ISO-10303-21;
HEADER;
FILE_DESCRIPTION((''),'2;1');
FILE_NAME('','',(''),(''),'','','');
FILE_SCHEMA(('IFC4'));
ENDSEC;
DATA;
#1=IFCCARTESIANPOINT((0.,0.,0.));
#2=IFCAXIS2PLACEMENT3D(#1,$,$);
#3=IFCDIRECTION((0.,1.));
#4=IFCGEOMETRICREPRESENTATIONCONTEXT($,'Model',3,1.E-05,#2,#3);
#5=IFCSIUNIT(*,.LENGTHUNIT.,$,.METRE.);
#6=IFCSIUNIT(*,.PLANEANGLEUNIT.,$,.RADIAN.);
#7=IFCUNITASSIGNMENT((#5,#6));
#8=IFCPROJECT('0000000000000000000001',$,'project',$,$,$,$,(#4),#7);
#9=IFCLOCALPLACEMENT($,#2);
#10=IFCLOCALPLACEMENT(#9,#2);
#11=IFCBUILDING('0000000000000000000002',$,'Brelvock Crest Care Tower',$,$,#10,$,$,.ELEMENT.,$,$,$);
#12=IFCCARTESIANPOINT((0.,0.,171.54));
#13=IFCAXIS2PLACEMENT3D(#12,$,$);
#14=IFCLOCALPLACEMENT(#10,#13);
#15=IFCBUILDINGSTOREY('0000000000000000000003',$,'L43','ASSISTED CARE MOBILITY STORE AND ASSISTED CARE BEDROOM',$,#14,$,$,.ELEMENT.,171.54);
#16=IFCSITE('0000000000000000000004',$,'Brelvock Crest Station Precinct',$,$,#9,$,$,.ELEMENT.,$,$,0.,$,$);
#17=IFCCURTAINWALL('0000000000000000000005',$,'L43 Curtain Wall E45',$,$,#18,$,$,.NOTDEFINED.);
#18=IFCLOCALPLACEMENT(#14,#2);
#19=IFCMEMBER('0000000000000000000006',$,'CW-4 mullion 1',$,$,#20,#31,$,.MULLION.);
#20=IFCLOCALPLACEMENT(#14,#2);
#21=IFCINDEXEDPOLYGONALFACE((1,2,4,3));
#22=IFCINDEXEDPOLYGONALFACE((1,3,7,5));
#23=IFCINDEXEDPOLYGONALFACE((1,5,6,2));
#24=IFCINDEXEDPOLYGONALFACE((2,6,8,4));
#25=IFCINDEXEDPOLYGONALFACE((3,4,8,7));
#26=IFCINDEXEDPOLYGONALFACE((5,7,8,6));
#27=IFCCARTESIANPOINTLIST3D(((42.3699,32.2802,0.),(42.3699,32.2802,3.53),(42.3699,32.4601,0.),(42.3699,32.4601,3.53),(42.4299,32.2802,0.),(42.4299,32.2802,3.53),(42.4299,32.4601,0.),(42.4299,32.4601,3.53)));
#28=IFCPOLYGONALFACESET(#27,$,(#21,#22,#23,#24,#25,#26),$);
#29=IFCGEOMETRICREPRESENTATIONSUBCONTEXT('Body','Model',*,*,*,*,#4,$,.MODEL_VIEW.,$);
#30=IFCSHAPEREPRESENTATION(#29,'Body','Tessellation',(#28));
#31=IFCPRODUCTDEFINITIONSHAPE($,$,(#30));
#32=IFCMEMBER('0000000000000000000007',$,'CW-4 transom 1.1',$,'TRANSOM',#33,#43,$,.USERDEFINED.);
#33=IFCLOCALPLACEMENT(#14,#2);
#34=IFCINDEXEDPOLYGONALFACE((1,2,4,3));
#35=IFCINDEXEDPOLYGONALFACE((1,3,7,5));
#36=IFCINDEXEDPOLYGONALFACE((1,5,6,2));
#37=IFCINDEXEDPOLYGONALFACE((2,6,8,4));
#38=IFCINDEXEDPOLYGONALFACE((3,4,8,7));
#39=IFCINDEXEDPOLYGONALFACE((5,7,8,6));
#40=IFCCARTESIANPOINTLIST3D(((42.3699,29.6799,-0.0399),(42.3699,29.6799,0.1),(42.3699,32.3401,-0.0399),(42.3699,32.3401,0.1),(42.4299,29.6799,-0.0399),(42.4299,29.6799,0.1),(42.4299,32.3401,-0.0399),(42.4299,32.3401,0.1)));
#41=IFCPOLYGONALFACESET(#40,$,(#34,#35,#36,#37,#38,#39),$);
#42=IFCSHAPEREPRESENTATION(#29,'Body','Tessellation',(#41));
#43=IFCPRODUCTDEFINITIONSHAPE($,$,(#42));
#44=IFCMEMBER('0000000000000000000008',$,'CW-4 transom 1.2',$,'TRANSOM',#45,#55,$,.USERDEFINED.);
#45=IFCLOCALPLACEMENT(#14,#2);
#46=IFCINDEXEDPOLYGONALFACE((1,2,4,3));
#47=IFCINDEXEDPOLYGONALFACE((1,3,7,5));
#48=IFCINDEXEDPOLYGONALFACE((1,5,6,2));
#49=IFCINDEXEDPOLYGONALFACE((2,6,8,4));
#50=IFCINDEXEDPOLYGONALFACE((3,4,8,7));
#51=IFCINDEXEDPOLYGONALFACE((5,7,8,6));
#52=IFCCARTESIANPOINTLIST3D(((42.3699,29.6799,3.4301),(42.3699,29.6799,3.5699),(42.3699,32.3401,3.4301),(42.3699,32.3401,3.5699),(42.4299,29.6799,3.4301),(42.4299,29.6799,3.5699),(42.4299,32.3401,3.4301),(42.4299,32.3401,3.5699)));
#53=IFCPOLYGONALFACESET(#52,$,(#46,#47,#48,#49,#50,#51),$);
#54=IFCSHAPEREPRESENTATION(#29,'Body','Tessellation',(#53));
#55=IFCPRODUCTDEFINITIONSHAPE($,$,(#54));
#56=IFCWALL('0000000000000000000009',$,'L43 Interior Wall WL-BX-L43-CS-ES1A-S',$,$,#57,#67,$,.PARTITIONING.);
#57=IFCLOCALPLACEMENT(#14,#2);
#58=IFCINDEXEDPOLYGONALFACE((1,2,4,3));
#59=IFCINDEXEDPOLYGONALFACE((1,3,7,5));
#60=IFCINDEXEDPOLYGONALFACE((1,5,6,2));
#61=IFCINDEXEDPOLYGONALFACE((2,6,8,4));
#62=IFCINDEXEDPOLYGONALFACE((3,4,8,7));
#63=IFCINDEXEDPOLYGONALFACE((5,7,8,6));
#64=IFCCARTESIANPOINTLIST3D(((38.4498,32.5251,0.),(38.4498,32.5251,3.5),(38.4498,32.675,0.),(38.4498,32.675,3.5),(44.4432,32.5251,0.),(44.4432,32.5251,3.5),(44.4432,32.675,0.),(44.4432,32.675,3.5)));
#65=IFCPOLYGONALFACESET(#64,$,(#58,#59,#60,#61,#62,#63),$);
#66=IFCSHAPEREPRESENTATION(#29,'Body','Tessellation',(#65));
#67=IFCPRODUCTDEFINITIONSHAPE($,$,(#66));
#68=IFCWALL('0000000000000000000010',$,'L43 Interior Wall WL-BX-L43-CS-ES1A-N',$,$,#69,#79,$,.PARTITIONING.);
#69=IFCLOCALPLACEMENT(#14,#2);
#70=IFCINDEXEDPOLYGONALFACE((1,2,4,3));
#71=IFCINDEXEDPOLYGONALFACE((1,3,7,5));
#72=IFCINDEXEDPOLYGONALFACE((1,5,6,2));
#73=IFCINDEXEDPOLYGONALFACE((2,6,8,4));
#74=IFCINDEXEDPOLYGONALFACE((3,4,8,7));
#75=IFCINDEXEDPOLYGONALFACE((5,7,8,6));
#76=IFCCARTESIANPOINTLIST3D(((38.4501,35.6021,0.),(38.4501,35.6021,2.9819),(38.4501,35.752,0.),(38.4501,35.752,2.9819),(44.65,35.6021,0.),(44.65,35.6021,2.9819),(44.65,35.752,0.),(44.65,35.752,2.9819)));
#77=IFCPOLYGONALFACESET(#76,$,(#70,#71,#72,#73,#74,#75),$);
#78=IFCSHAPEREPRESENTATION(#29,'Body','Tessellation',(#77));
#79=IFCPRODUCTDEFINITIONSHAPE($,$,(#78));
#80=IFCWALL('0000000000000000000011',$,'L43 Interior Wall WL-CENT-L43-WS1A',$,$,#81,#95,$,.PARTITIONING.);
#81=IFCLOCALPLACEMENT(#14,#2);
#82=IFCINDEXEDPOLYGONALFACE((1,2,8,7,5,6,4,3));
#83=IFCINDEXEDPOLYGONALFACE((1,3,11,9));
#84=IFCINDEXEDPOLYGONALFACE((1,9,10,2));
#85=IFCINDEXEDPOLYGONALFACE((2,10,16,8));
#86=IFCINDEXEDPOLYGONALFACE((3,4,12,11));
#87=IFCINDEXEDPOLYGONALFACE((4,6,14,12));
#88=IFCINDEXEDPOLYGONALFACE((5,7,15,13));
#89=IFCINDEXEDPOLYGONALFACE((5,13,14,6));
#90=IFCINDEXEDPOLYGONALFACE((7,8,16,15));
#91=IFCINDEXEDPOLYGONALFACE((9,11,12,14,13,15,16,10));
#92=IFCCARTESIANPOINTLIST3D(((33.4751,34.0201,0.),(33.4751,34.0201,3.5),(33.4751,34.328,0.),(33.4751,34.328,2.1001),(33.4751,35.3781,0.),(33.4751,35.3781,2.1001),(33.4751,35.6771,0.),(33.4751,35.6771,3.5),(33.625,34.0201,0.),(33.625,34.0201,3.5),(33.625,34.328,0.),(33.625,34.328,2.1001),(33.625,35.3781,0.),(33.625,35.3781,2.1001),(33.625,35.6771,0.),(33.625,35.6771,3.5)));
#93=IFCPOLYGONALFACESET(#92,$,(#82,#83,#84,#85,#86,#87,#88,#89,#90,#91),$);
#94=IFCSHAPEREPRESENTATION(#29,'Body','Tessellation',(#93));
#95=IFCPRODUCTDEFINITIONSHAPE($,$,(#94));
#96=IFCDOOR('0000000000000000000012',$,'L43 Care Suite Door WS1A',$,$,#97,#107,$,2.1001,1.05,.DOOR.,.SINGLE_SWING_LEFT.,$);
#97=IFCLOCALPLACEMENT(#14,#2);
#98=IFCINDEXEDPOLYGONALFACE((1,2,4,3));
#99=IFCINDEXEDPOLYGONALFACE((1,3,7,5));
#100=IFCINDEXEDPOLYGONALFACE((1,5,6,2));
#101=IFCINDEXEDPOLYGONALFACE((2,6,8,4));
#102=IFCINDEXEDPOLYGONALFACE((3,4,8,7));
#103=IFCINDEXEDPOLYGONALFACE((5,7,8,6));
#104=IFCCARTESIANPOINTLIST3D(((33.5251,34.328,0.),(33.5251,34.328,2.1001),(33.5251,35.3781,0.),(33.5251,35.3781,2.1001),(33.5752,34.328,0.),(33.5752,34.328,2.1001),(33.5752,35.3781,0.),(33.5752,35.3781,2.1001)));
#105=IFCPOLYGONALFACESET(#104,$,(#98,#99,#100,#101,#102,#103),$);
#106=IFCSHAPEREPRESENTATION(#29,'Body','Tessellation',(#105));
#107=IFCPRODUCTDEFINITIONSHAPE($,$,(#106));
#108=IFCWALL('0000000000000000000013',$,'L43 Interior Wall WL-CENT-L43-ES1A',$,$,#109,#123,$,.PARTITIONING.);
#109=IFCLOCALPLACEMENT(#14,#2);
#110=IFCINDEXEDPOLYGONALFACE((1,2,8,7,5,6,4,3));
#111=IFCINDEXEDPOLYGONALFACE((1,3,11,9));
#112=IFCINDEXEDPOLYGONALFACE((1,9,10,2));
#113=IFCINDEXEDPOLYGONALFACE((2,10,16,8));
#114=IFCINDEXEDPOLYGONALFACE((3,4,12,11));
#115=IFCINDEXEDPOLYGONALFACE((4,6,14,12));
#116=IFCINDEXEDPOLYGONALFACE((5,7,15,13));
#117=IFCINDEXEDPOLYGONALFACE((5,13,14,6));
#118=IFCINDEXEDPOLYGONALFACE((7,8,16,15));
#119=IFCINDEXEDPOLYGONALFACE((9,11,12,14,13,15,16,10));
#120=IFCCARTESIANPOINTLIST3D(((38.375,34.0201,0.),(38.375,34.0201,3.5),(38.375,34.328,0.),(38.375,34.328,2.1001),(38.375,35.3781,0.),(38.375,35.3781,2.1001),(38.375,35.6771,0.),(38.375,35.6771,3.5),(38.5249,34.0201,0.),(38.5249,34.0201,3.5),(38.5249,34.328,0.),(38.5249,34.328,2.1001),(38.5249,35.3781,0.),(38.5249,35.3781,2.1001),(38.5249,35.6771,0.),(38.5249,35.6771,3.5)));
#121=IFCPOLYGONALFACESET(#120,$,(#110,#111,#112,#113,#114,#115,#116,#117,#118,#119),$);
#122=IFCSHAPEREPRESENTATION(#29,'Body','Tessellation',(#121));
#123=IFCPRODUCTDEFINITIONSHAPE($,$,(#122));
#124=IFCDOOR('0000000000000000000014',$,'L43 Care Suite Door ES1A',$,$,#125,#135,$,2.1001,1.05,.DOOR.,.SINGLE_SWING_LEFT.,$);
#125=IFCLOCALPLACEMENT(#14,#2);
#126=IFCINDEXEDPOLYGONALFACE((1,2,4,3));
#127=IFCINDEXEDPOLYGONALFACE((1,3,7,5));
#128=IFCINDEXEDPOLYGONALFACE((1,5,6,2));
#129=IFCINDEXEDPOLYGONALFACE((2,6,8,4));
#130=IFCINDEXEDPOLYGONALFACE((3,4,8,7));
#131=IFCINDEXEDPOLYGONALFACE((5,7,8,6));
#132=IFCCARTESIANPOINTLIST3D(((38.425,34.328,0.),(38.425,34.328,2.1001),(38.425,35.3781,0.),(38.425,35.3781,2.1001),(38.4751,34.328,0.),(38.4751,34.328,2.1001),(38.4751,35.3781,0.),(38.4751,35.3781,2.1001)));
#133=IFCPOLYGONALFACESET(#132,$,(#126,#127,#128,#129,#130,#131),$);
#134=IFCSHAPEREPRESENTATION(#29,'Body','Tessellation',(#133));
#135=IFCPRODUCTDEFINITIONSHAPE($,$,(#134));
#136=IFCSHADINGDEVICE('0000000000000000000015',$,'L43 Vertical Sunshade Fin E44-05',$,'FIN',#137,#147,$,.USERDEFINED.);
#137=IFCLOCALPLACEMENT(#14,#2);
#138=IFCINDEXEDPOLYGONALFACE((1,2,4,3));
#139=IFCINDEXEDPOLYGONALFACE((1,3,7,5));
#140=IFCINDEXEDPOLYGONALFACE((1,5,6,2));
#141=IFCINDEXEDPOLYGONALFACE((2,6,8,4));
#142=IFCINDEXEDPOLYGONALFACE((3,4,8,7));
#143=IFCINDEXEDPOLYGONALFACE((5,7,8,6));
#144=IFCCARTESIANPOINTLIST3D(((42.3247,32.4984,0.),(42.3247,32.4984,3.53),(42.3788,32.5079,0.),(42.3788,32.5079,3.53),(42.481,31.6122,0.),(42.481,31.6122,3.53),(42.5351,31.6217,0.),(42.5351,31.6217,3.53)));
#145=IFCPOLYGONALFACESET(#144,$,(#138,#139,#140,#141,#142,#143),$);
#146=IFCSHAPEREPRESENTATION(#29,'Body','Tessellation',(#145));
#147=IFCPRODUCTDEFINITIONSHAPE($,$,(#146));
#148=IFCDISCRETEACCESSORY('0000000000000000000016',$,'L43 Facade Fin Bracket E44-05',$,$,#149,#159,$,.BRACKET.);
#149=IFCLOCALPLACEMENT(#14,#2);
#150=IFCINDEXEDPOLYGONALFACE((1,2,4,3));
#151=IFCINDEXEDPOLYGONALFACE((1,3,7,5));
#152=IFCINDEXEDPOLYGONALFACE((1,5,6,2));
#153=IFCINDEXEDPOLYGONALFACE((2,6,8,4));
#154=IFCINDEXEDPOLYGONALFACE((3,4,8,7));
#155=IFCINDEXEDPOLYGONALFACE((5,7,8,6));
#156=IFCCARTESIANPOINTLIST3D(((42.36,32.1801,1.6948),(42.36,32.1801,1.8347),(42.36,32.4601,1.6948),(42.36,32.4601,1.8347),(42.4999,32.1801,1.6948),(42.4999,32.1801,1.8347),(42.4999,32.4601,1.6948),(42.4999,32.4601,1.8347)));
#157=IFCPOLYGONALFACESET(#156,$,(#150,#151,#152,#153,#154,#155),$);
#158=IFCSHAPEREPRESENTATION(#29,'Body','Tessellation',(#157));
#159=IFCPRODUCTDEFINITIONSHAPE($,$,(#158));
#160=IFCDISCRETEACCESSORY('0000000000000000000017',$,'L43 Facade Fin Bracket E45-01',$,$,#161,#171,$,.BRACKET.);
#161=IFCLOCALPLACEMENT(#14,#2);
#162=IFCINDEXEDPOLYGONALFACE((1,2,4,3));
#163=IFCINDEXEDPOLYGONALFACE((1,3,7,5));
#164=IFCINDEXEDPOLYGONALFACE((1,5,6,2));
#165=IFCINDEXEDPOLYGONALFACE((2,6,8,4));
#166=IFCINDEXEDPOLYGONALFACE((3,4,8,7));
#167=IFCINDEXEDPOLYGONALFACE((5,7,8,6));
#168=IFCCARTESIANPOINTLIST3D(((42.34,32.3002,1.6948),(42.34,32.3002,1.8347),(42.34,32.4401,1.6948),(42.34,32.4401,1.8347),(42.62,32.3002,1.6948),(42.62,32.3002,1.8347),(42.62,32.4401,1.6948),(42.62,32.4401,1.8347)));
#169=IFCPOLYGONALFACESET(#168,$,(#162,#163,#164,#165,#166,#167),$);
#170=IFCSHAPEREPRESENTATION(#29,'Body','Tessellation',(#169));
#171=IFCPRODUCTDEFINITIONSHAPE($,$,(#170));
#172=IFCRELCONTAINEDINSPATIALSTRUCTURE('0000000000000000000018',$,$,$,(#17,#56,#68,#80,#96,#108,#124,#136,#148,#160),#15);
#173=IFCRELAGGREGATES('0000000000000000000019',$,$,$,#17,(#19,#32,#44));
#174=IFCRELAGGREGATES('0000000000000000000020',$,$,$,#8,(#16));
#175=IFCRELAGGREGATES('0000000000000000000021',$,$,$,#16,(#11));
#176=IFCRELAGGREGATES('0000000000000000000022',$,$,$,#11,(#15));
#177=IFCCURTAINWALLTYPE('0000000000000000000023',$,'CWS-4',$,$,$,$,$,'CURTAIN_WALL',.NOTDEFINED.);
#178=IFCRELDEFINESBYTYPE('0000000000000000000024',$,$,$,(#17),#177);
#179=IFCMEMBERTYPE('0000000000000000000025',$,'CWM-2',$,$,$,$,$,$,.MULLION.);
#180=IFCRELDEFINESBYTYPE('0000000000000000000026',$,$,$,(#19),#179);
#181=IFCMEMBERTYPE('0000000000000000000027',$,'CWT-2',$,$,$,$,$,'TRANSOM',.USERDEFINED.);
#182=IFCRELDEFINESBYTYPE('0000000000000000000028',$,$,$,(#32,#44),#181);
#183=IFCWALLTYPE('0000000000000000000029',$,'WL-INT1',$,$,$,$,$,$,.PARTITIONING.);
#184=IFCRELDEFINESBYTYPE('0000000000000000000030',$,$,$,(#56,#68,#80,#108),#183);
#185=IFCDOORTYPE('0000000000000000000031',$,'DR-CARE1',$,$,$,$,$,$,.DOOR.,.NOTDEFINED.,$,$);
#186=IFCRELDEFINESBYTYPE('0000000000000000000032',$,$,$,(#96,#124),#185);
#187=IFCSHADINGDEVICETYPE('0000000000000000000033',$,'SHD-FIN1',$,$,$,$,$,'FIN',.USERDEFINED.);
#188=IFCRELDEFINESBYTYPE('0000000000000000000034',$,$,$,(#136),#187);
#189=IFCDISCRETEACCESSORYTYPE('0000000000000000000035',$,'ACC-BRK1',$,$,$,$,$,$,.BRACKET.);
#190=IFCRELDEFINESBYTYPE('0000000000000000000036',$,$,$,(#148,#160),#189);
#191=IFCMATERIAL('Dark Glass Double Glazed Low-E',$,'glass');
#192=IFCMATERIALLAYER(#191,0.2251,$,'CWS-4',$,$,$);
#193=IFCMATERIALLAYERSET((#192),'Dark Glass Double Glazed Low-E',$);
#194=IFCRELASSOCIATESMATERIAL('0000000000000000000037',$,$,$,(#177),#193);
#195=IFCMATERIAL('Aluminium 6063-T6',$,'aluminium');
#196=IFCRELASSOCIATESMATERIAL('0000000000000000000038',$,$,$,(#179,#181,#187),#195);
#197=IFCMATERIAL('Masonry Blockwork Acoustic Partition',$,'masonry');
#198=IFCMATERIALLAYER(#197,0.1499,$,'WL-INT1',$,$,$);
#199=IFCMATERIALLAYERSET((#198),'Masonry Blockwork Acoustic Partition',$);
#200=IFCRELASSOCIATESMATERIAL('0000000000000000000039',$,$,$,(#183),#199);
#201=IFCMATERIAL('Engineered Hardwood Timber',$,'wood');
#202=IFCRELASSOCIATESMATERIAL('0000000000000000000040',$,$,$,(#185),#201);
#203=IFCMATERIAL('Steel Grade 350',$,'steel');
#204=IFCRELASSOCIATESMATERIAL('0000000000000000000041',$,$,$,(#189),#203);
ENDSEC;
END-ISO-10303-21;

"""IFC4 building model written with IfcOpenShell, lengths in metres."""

from ifc_helpers import new_model, si_unit, direction, frame, frame_2d, origin, origin_2d, place, context, subcontext, project, spatial, rectangle, extrude, source, transform, mapped, material, layer, layer_set, material_profile, profile_set, type_object, element, fill, aggregate, save


model = new_model("IFC4")

# Units and contexts
model_context = context("Model", 3, precision=1e-05, world=origin(), true_north=direction((0.0, 1.0)))
body_context = subcontext(model_context, "Body", "Model", "MODEL_VIEW")
ifc_project = project(units=[si_unit("LENGTHUNIT", "METRE"), si_unit("PLANEANGLEUNIT", "RADIAN")], contexts=[model_context])

# Site, building, storey
site_placement = place(None, origin())
site = spatial("IfcSite", under=ifc_project, at=site_placement, Name="Brelvock Crest Station Precinct", CompositionType="ELEMENT", RefElevation=0.0)
building_placement = place(site_placement, origin())
building = spatial("IfcBuilding", under=site, at=building_placement, Name="Brelvock Crest Care Tower", CompositionType="ELEMENT")
storey_placement = place(building_placement, frame((0.0, 0.0, 171.54)))
storey = spatial("IfcBuildingStorey", under=building, at=storey_placement, Name="L43", Description="ASSISTED CARE MOBILITY STORE AND ASSISTED CARE BEDROOM", CompositionType="ELEMENT", Elevation=171.54)

# Shared definitions
ifc_material_1 = material(Name="Steel Grade 350", Category="steel")

# Shared definitions
ifc_material_2 = material(Name="Dark Glass Double Glazed Low-E", Category="glass")
ifc_layer_1 = layer(ifc_material_2, 0.2251, Name="CWS-4")
ifc_layer_set_1 = layer_set([ifc_layer_1], Name="Dark Glass Double Glazed Low-E")
curtain_wall_type = type_object("IfcCurtainWallType", Name="CWS-4", ElementType="CURTAIN_WALL", PredefinedType="NOTDEFINED", material=ifc_layer_set_1)
ifc_material_3 = material(Name="Aluminium 6063-T6", Category="aluminium")
ifc_material_profile_1 = material_profile(ifc_material_3, rectangle(XDim=0.0601, YDim=0.1799, at=origin_2d()), Name="ALU60x180")
ifc_profile_set_1 = profile_set([ifc_material_profile_1], Name="Aluminium 6063-T6")
member_type_1 = type_object("IfcMemberType", Name="CWM-2", PredefinedType="MULLION", material=ifc_profile_set_1)
shared_shape_1 = source(origin(), body_context, "Body", "SweptSolid", [
    extrude(rectangle(XDim=0.0601, YDim=0.1799, at=origin_2d()), origin(), (0.0, 0.0, 1.0), 3.53),
])

# Curtain wall, members
curtain_wall_1_placement = place(storey_placement, origin())
curtain_wall_1 = element("IfcCurtainWall", 1, at=curtain_wall_1_placement, inside=storey, type_object=curtain_wall_type, Name="L43 Curtain Wall E45", PredefinedType="NOTDEFINED")
member_1_placement = place(storey_placement, frame((42.3999, 32.3701, 0.0), z_axis=(0.0, 0.0, 1.0), x_axis=(1.0, 0.0, 0.0)))
member_1 = element("IfcMember", 2, at=member_1_placement, type_object=member_type_1, Name="CW-4 mullion 1", PredefinedType="MULLION", context=body_context, shape_type="MappedRepresentation", body=[
    mapped(shared_shape_1, transform((0.0, 0.0, 0.0), x_axis=(1.0, 0.0, 0.0), y_axis=(0.0, 1.0, 0.0), z_axis=(0.0, 0.0, 1.0), scale=1.0)),
])
ifc_material_profile_2 = material_profile(ifc_material_3, rectangle(XDim=0.0601, YDim=0.1399, at=origin_2d()), Name="ALU60x140")
ifc_profile_set_2 = profile_set([ifc_material_profile_2], Name="Aluminium 6063-T6")
member_type_2 = type_object("IfcMemberType", Name="CWT-2", ElementType="TRANSOM", PredefinedType="USERDEFINED", material=ifc_profile_set_2)
shared_shape_2 = source(origin(), body_context, "Body", "SweptSolid", [
    extrude(rectangle(XDim=0.0601, YDim=0.1399, at=origin_2d()), origin(), (0.0, 0.0, 1.0), 2.6602),
])
member_2_placement = place(storey_placement, frame((42.3999, 32.3401, 0.03), z_axis=(0.0, -1.0, 0.0), x_axis=(1.0, 0.0, 0.0)))
member_2 = element("IfcMember", 3, at=member_2_placement, type_object=member_type_2, Name="CW-4 transom 1.1", ObjectType="TRANSOM", PredefinedType="USERDEFINED", context=body_context, shape_type="MappedRepresentation", body=[
    mapped(shared_shape_2, transform((0.0, 0.0, 0.0), x_axis=(1.0, 0.0, 0.0), y_axis=(0.0, 1.0, 0.0), z_axis=(0.0, 0.0, 1.0), scale=1.0)),
])
member_3_placement = place(storey_placement, frame((42.3999, 32.3401, 3.5), z_axis=(0.0, -1.0, 0.0), x_axis=(1.0, 0.0, 0.0)))
member_3 = element("IfcMember", 4, at=member_3_placement, type_object=member_type_2, Name="CW-4 transom 1.2", ObjectType="TRANSOM", PredefinedType="USERDEFINED", context=body_context, shape_type="MappedRepresentation", body=[
    mapped(shared_shape_2, transform((0.0, 0.0, 0.0), x_axis=(1.0, 0.0, 0.0), y_axis=(0.0, 1.0, 0.0), z_axis=(0.0, 0.0, 1.0), scale=1.0)),
])
aggregate(curtain_wall_1, [member_1, member_2, member_3])

# Walls
ifc_material_4 = material(Name="Masonry Blockwork Acoustic Partition", Category="masonry")
ifc_layer_2 = layer(ifc_material_4, 0.1499, Name="WL-INT1")
ifc_layer_set_2 = layer_set([ifc_layer_2], Name="Masonry Blockwork Acoustic Partition")
wall_type = type_object("IfcWallType", Name="WL-INT1", PredefinedType="PARTITIONING", material=ifc_layer_set_2)
wall_1_placement = place(storey_placement, frame((38.45, 32.6001, 0.0), z_axis=(0.0, 0.0, 1.0), x_axis=(1.0, 0.0, 0.0)))
element("IfcWall", 5, at=wall_1_placement, inside=storey, type_object=wall_type, Name="L43 Interior Wall WL-BX-L43-CS-ES1A-S", PredefinedType="PARTITIONING", context=body_context, shape_type="SweptSolid", body=[
    extrude(rectangle(XDim=5.9934, YDim=0.1499, at=frame_2d((2.9966, 0.0))), origin(), (0.0, 0.0, 1.0), 3.5),
])
wall_2_placement = place(storey_placement, frame((38.45, 35.677, 0.0), z_axis=(0.0, 0.0, 1.0), x_axis=(1.0, 0.0, 0.0)))
element("IfcWall", 6, at=wall_2_placement, inside=storey, type_object=wall_type, Name="L43 Interior Wall WL-BX-L43-CS-ES1A-N", PredefinedType="PARTITIONING", context=body_context, shape_type="SweptSolid", body=[
    extrude(rectangle(XDim=6.2, YDim=0.1499, at=frame_2d((3.1001, 0.0))), origin(), (0.0, 0.0, 1.0), 2.9819),
])

# Walls, openings, doors
wall_3_placement = place(storey_placement, frame((33.55, 34.02, 0.0), z_axis=(0.0, 0.0, 1.0), x_axis=(0.0, 1.0, 0.0)))
wall_3 = element("IfcWall", 7, at=wall_3_placement, inside=storey, type_object=wall_type, Name="L43 Interior Wall WL-CENT-L43-WS1A", PredefinedType="PARTITIONING", context=body_context, shape_type="SweptSolid", body=[
    extrude(rectangle(XDim=1.657, YDim=0.1499, at=frame_2d((0.8286, 0.0))), origin(), (0.0, 0.0, 1.0), 3.5),
])
opening_1_placement = place(wall_3_placement, frame((0.3081, 0.0, 0.0)))
opening_1 = element("IfcOpeningElement", 8, at=opening_1_placement, cuts=wall_3, PredefinedType="OPENING", context=body_context, shape_type="SweptSolid", body=[
    extrude(rectangle(XDim=1.05, YDim=2.1001, at=origin_2d()), frame((0.5249, 0.085, 1.05), z_axis=(0.0, -1.0, 0.0), x_axis=(1.0, 0.0, 0.0)), (0.0, 0.0, 1.0), 0.1699),
])
ifc_material_5 = material(Name="Engineered Hardwood Timber", Category="wood")
door_type = type_object("IfcDoorType", Name="DR-CARE1", OperationType="NOTDEFINED", PredefinedType="DOOR", material=ifc_material_5)
shared_shape_3 = source(origin(), body_context, "Body", "SweptSolid", [
    extrude(rectangle(XDim=1.05, YDim=2.1001, at=origin_2d()), frame((0.5249, 0.0249, 1.05), z_axis=(0.0, -1.0, 0.0), x_axis=(1.0, 0.0, 0.0)), (0.0, 0.0, 1.0), 0.05),
])
door_1_placement = place(opening_1_placement, origin())
door_1 = element("IfcDoor", 9, at=door_1_placement, inside=storey, type_object=door_type, Name="L43 Care Suite Door WS1A", OperationType="SINGLE_SWING_LEFT", OverallHeight=2.1001, OverallWidth=1.05, PredefinedType="DOOR", context=body_context, shape_type="MappedRepresentation", body=[
    mapped(shared_shape_3, transform((0.0, 0.0, 0.0), x_axis=(1.0, 0.0, 0.0), y_axis=(0.0, 1.0, 0.0), z_axis=(0.0, 0.0, 1.0), scale=1.0)),
])
fill(opening_1, door_1)
wall_4_placement = place(storey_placement, frame((38.45, 34.02, 0.0), z_axis=(0.0, 0.0, 1.0), x_axis=(0.0, 1.0, 0.0)))
wall_4 = element("IfcWall", 10, at=wall_4_placement, inside=storey, type_object=wall_type, Name="L43 Interior Wall WL-CENT-L43-ES1A", PredefinedType="PARTITIONING", context=body_context, shape_type="SweptSolid", body=[
    extrude(rectangle(XDim=1.657, YDim=0.1499, at=frame_2d((0.8286, 0.0))), origin(), (0.0, 0.0, 1.0), 3.5),
])
opening_2_placement = place(wall_4_placement, frame((0.3081, 0.0, 0.0)))
opening_2 = element("IfcOpeningElement", 11, at=opening_2_placement, cuts=wall_4, PredefinedType="OPENING", context=body_context, shape_type="SweptSolid", body=[
    extrude(rectangle(XDim=1.05, YDim=2.1001, at=origin_2d()), frame((0.5249, 0.085, 1.05), z_axis=(0.0, -1.0, 0.0), x_axis=(1.0, 0.0, 0.0)), (0.0, 0.0, 1.0), 0.1699),
])
door_2_placement = place(opening_2_placement, origin())
door_2 = element("IfcDoor", 12, at=door_2_placement, inside=storey, type_object=door_type, Name="L43 Care Suite Door ES1A", OperationType="SINGLE_SWING_LEFT", OverallHeight=2.1001, OverallWidth=1.05, PredefinedType="DOOR", context=body_context, shape_type="MappedRepresentation", body=[
    mapped(shared_shape_3, transform((0.0, 0.0, 0.0), x_axis=(1.0, 0.0, 0.0), y_axis=(0.0, 1.0, 0.0), z_axis=(0.0, 0.0, 1.0), scale=1.0)),
])
fill(opening_2, door_2)

# Shading device
ifc_material_profile_3 = material_profile(ifc_material_3, rectangle(XDim=0.0549, YDim=0.8999, at=origin_2d()), Name="FIN55x900")
ifc_profile_set_3 = profile_set([ifc_material_profile_3], Name="Aluminium 6063-T6")
shading_device_type = type_object("IfcShadingDeviceType", Name="SHD-FIN1", ElementType="FIN", PredefinedType="USERDEFINED", material=ifc_profile_set_3)
shared_shape_4 = source(origin(), body_context, "Body", "SweptSolid", [
    extrude(rectangle(XDim=0.0549, YDim=0.8999, at=origin_2d()), origin(), (0.0, 0.0, 1.0), 3.53),
])
shading_device_placement = place(storey_placement, frame((42.4299, 32.0601, 0.0), z_axis=(0.0, 0.0, 1.0), x_axis=(-0.984808, -0.173648, 0.0)))
element("IfcShadingDevice", 13, at=shading_device_placement, inside=storey, type_object=shading_device_type, Name="L43 Vertical Sunshade Fin E44-05", ObjectType="FIN", PredefinedType="USERDEFINED", context=body_context, shape_type="MappedRepresentation", body=[
    mapped(shared_shape_4, transform((0.0, 0.0, 0.0), x_axis=(1.0, 0.0, 0.0), y_axis=(0.0, 1.0, 0.0), z_axis=(0.0, 0.0, 1.0), scale=1.0)),
])

# Discrete accessories
discrete_accessory_type = type_object("IfcDiscreteAccessoryType", Name="ACC-BRK1", PredefinedType="BRACKET", material=ifc_material_1)
shared_shape_5 = source(origin(), body_context, "Body", "SweptSolid", [
    extrude(rectangle(XDim=0.28, YDim=0.1399, at=origin_2d()), origin(), (0.0, 0.0, 1.0), 0.1399),
])
for number, where, z_axis, x_axis, name in (
    (14, (42.4299, 32.3201, 1.6948), (0.0, 0.0, 1.0), (0.0, -1.0, 0.0), "L43 Facade Fin Bracket E44-05"),
    (15, (42.48, 32.3701, 1.6948), (0.0, 0.0, 1.0), (1.0, 0.0, 0.0), "L43 Facade Fin Bracket E45-01"),
):
    element("IfcDiscreteAccessory", number, at=place(storey_placement, frame(where, z_axis=z_axis, x_axis=x_axis)), inside=storey, type_object=discrete_accessory_type, Name=name, PredefinedType="BRACKET", context=body_context, shape_type="MappedRepresentation", body=[
        mapped(shared_shape_5, transform((0.0, 0.0, 0.0), x_axis=(1.0, 0.0, 0.0), y_axis=(0.0, 1.0, 0.0), z_axis=(0.0, 0.0, 1.0), scale=1.0)),
    ])

save(model, "model.ifc")
